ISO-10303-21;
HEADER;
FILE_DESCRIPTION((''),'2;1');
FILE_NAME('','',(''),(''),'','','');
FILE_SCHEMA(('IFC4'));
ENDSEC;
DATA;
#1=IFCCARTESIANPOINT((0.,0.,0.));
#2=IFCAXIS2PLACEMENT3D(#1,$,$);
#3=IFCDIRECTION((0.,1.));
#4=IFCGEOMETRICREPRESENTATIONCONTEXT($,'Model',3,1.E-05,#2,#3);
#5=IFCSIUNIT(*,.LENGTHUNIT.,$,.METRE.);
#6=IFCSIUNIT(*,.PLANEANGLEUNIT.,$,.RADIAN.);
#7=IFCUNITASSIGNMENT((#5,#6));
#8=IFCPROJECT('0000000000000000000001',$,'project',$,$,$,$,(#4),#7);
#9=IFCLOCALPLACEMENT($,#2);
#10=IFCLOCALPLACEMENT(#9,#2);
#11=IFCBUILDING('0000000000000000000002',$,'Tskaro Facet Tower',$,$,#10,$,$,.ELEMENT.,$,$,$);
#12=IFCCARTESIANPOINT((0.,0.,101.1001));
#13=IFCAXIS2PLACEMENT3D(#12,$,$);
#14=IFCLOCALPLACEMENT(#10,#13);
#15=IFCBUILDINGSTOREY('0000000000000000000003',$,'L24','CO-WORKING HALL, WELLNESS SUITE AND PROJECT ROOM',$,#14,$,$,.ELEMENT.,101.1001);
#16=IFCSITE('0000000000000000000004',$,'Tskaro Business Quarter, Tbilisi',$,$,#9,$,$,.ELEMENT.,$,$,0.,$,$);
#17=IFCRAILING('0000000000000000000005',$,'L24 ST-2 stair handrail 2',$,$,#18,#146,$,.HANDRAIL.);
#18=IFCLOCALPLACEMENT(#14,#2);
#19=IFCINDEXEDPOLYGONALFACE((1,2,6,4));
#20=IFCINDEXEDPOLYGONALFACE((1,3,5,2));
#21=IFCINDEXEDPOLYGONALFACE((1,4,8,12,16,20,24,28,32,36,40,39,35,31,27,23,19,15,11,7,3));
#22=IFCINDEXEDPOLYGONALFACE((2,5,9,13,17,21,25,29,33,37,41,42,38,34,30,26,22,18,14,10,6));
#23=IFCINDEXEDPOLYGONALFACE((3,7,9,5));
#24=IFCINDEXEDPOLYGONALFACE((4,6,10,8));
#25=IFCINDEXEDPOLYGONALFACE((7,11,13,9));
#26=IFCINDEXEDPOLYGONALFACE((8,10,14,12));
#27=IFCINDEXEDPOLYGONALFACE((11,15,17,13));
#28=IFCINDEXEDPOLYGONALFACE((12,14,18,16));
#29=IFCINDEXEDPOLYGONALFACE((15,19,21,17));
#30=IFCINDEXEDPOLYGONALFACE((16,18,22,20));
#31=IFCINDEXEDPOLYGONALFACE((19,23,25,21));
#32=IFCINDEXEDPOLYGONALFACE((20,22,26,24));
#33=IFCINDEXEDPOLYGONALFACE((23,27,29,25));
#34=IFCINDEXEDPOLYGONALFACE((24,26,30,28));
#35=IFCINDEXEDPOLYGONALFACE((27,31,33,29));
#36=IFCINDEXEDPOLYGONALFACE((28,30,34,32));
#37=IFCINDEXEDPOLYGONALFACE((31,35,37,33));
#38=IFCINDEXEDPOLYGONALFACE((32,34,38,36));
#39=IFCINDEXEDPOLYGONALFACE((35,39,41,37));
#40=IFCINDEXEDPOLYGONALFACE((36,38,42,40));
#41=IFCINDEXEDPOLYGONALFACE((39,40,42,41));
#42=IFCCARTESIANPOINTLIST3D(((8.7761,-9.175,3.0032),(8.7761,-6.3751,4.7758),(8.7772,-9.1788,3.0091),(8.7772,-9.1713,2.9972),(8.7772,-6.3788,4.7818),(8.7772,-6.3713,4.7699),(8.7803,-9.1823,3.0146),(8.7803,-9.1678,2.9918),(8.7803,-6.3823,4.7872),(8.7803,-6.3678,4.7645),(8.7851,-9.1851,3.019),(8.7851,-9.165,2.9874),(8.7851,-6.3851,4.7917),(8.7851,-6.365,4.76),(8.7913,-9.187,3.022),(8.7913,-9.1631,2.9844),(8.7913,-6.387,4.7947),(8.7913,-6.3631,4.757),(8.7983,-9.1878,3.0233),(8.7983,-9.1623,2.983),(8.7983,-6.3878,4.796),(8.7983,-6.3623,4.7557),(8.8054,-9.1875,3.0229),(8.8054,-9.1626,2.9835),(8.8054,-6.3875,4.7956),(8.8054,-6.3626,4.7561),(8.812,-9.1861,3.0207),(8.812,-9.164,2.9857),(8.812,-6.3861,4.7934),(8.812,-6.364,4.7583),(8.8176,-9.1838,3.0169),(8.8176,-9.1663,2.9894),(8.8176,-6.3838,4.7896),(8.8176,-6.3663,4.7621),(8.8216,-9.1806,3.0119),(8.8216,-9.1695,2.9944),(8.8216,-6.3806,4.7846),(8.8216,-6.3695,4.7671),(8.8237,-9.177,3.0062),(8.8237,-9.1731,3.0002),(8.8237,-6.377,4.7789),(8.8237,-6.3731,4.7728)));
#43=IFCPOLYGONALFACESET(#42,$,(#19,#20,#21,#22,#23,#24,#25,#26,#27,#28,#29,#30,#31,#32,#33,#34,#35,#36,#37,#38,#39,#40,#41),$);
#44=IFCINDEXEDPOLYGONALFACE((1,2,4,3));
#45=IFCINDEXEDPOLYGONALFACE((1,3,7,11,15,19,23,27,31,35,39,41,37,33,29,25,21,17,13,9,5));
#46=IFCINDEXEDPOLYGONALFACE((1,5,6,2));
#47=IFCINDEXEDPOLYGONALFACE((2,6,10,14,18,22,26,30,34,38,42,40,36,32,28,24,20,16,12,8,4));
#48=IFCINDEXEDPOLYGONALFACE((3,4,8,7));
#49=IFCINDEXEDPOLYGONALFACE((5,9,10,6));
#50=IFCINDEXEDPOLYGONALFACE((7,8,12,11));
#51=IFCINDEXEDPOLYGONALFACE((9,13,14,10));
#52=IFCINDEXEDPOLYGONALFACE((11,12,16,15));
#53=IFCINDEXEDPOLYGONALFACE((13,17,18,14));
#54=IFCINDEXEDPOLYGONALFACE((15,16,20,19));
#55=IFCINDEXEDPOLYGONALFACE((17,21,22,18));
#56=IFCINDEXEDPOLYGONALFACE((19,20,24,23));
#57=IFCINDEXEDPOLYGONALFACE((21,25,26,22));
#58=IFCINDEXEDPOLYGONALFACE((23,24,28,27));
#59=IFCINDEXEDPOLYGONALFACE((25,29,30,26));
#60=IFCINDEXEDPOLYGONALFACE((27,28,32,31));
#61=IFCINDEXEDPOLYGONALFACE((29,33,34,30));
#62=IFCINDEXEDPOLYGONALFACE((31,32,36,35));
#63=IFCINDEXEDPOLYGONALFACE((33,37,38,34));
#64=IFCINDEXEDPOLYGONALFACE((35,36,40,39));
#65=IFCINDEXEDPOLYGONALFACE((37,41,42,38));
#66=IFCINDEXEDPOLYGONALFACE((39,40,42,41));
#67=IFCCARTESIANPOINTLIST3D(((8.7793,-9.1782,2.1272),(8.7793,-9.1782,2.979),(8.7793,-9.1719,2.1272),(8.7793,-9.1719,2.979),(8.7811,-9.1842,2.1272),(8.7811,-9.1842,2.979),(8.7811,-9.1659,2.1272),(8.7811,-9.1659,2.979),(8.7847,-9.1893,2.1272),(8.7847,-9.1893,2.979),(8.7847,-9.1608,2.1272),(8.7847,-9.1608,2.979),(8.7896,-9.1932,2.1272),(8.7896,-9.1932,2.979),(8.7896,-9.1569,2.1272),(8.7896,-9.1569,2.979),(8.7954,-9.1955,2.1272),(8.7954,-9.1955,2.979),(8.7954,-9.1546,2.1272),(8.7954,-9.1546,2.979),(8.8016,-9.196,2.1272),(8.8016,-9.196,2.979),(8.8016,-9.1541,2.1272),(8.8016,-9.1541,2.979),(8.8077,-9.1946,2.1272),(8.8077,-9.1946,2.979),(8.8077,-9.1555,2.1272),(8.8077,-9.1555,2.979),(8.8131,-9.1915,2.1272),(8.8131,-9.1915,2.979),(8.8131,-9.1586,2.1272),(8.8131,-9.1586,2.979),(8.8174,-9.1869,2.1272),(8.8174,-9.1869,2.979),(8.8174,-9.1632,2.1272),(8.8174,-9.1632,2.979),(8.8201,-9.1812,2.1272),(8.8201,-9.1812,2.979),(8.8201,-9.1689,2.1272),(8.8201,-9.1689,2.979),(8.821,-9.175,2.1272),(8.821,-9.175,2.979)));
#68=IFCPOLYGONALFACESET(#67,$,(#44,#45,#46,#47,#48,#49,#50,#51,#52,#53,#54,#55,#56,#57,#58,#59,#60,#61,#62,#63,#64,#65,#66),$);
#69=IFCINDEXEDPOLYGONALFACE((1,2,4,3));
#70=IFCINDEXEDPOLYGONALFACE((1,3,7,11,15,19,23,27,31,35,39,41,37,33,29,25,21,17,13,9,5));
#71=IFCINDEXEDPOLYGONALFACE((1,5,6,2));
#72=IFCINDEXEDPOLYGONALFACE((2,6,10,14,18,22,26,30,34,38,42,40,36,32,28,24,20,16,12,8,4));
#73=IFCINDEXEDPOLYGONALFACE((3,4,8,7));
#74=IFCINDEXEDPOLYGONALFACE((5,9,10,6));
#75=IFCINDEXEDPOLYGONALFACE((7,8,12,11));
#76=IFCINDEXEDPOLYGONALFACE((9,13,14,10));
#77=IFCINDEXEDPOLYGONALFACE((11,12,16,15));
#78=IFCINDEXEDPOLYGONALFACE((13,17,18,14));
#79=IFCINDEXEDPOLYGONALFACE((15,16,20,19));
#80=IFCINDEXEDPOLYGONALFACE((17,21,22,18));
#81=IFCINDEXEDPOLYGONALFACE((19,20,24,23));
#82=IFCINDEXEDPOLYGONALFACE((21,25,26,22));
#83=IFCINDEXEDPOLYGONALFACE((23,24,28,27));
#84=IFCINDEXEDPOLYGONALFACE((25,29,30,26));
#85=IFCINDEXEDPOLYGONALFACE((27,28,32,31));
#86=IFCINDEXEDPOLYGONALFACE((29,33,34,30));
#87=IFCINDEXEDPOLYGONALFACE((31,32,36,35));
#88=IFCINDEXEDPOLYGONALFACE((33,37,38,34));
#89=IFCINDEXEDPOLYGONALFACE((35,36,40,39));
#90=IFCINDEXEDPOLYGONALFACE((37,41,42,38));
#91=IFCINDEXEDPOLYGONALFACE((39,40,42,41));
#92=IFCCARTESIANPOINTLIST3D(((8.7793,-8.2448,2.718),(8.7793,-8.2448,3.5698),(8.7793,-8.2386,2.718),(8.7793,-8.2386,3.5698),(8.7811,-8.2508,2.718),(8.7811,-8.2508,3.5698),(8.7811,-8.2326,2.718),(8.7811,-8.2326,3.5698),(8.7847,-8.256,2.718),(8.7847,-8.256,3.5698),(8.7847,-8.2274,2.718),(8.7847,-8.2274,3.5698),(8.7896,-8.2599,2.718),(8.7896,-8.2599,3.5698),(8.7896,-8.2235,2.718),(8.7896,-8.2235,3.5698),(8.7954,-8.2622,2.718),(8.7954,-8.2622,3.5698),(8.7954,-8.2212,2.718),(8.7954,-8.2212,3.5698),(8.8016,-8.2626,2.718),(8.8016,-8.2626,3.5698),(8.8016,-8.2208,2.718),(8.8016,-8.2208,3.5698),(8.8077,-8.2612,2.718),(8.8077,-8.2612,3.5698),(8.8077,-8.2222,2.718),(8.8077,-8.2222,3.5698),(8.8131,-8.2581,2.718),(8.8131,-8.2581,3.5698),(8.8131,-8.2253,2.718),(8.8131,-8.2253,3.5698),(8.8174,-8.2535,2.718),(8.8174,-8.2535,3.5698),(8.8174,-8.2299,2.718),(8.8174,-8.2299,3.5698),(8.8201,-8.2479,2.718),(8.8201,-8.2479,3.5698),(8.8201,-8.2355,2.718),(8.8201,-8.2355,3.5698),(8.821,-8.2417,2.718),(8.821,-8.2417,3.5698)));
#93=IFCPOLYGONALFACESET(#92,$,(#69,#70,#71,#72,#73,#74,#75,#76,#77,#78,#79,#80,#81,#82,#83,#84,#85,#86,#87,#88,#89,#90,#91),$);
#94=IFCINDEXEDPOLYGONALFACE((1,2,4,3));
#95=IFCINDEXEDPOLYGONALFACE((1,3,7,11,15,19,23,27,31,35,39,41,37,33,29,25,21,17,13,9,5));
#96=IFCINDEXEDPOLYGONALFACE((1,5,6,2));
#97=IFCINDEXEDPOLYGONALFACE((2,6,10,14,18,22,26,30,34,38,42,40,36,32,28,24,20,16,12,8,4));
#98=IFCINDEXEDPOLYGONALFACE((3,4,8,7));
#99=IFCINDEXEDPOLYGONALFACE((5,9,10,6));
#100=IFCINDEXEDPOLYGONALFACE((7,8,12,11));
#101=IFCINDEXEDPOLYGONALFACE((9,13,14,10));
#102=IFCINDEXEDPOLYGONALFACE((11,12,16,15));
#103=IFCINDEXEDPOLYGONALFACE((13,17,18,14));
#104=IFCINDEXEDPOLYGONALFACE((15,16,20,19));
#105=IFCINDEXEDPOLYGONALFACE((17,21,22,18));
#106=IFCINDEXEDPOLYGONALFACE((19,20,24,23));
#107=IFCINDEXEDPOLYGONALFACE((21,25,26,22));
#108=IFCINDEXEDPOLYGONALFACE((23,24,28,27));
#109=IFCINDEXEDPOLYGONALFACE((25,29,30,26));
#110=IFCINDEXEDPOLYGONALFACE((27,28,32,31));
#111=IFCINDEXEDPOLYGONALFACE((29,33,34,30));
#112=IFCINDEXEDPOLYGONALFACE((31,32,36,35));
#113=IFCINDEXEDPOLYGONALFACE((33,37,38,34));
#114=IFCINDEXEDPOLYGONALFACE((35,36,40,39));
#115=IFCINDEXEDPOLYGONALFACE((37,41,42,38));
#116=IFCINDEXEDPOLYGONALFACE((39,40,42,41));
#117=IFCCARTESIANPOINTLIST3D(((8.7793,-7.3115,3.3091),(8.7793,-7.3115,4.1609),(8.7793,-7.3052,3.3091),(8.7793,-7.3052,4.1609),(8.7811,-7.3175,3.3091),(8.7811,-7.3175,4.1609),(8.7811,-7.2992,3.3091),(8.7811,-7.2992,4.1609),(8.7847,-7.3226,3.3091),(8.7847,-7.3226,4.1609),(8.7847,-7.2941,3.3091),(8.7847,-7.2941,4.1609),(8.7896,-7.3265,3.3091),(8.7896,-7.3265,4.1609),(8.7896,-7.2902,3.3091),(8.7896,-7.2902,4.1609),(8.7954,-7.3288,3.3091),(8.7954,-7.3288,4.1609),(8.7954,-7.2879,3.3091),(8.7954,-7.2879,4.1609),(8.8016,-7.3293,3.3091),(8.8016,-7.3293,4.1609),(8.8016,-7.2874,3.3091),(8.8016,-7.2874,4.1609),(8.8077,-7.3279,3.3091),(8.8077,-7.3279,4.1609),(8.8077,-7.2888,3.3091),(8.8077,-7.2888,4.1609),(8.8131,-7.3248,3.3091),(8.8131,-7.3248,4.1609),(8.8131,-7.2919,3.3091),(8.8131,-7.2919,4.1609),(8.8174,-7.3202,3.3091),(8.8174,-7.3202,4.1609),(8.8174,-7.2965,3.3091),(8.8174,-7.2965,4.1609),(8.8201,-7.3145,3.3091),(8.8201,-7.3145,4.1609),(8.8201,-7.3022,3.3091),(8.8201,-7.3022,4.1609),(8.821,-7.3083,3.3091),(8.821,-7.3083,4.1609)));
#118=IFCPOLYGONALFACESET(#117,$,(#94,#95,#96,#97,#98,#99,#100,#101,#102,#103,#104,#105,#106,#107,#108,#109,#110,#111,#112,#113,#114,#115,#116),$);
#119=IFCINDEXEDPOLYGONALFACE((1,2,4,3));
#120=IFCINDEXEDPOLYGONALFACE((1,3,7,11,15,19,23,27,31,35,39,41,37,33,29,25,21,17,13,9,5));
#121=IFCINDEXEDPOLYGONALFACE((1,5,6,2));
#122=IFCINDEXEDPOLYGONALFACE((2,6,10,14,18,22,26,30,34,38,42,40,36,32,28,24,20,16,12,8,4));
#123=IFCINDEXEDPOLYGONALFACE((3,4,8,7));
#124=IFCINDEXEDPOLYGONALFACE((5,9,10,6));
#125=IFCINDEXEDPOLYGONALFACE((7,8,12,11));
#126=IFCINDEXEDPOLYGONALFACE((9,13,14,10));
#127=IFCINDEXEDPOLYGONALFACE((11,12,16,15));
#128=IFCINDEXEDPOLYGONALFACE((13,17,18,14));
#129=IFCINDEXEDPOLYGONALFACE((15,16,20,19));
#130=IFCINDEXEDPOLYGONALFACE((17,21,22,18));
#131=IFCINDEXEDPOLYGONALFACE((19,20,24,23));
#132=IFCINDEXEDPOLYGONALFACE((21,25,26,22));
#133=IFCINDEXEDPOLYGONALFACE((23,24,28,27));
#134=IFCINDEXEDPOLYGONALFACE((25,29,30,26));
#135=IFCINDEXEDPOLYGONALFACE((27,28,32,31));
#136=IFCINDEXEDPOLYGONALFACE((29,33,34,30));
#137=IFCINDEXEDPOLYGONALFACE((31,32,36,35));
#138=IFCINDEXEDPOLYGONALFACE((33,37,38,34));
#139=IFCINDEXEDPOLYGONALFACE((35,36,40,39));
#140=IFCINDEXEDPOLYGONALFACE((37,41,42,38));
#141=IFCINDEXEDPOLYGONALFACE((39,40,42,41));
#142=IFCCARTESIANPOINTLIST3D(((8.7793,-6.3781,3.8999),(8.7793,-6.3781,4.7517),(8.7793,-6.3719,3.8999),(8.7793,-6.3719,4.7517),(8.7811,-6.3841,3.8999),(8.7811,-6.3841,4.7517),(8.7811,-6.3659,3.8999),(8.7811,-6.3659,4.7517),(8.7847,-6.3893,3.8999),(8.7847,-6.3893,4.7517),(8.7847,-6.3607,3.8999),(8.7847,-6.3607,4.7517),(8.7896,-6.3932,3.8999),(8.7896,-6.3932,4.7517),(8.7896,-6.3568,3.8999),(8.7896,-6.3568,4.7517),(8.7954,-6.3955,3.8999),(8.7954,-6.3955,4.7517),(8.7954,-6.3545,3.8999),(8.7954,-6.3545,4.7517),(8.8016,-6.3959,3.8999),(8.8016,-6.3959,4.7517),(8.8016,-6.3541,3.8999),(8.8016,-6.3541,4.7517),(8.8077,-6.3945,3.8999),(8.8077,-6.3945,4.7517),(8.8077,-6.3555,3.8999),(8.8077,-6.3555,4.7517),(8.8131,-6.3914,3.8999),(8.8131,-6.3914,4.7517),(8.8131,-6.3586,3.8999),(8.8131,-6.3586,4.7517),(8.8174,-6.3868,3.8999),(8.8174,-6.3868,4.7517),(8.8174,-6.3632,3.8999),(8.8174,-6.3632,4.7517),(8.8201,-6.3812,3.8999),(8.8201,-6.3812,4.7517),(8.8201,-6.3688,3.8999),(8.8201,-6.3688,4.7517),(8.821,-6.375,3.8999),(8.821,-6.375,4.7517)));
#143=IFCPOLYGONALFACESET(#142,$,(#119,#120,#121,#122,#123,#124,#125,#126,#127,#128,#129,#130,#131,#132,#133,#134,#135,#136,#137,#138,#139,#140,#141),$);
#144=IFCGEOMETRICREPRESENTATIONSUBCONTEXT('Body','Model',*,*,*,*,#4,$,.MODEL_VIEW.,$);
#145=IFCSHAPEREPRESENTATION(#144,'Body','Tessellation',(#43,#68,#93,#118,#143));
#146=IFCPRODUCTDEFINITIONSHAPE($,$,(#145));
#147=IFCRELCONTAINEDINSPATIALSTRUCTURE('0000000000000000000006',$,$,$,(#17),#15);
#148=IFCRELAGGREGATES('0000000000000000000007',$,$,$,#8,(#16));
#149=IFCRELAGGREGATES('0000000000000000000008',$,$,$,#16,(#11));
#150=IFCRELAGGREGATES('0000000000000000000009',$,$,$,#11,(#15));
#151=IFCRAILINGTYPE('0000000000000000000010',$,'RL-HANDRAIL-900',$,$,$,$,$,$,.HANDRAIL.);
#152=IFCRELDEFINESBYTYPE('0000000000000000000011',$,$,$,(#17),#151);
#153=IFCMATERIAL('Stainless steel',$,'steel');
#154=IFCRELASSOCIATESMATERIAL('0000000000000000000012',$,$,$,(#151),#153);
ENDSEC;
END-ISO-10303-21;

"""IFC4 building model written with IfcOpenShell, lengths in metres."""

from ifc_helpers import new_model, si_unit, direction, frame, origin, origin_2d, place, context, subcontext, project, spatial, circle, extrude, material, type_object, element, save


model = new_model("IFC4")

# Units and contexts
model_context = context("Model", 3, precision=1e-05, world=origin(), true_north=direction((0.0, 1.0)))
body_context = subcontext(model_context, "Body", "Model", "MODEL_VIEW")
ifc_project = project(units=[si_unit("LENGTHUNIT", "METRE"), si_unit("PLANEANGLEUNIT", "RADIAN")], contexts=[model_context])

# Site, building, storey
site_placement = place(None, origin())
site = spatial("IfcSite", under=ifc_project, at=site_placement, Name="Tskaro Business Quarter, Tbilisi", CompositionType="ELEMENT", RefElevation=0.0)
building_placement = place(site_placement, origin())
building = spatial("IfcBuilding", under=site, at=building_placement, Name="Tskaro Facet Tower", CompositionType="ELEMENT")
storey_placement = place(building_placement, frame((0.0, 0.0, 101.1001)))
storey = spatial("IfcBuildingStorey", under=building, at=storey_placement, Name="L24", Description="CO-WORKING HALL, WELLNESS SUITE AND PROJECT ROOM", CompositionType="ELEMENT", Elevation=101.1001)

# Shared definitions
ifc_material_1 = material(Name="Stainless steel", Category="steel")

# Railing
railing_type_1 = type_object("IfcRailingType", Name="RL-HANDRAIL-900", PredefinedType="HANDRAIL", material=ifc_material_1)
railing_1_placement = place(storey_placement, frame((8.8, -9.175, 2.1272)))
element("IfcRailing", 1, at=railing_1_placement, inside=storey, type_object=railing_type_1, Name="L24 ST-2 stair handrail 2", PredefinedType="HANDRAIL", context=body_context, shape_type="SweptSolid", body=[
    extrude(circle(Radius=0.0239, at=origin_2d()), frame((0.0, 0.0, 0.876), z_axis=(0.0, 0.844909, 0.53491), x_axis=(-1.0, 0.0, 0.0)), (0.0, 0.0, 1.0), 3.314),
    extrude(circle(Radius=0.021, at=origin_2d()), origin(), (0.0, 0.0, 1.0), 0.8518),
    extrude(circle(Radius=0.021, at=origin_2d()), frame((0.0, 0.9333, 0.5908)), (0.0, 0.0, 1.0), 0.8518),
    extrude(circle(Radius=0.021, at=origin_2d()), frame((0.0, 1.8667, 1.1819)), (0.0, 0.0, 1.0), 0.8518),
    extrude(circle(Radius=0.021, at=origin_2d()), frame((0.0, 2.8, 1.7727)), (0.0, 0.0, 1.0), 0.8518),
])

save(model, "model.ifc")
